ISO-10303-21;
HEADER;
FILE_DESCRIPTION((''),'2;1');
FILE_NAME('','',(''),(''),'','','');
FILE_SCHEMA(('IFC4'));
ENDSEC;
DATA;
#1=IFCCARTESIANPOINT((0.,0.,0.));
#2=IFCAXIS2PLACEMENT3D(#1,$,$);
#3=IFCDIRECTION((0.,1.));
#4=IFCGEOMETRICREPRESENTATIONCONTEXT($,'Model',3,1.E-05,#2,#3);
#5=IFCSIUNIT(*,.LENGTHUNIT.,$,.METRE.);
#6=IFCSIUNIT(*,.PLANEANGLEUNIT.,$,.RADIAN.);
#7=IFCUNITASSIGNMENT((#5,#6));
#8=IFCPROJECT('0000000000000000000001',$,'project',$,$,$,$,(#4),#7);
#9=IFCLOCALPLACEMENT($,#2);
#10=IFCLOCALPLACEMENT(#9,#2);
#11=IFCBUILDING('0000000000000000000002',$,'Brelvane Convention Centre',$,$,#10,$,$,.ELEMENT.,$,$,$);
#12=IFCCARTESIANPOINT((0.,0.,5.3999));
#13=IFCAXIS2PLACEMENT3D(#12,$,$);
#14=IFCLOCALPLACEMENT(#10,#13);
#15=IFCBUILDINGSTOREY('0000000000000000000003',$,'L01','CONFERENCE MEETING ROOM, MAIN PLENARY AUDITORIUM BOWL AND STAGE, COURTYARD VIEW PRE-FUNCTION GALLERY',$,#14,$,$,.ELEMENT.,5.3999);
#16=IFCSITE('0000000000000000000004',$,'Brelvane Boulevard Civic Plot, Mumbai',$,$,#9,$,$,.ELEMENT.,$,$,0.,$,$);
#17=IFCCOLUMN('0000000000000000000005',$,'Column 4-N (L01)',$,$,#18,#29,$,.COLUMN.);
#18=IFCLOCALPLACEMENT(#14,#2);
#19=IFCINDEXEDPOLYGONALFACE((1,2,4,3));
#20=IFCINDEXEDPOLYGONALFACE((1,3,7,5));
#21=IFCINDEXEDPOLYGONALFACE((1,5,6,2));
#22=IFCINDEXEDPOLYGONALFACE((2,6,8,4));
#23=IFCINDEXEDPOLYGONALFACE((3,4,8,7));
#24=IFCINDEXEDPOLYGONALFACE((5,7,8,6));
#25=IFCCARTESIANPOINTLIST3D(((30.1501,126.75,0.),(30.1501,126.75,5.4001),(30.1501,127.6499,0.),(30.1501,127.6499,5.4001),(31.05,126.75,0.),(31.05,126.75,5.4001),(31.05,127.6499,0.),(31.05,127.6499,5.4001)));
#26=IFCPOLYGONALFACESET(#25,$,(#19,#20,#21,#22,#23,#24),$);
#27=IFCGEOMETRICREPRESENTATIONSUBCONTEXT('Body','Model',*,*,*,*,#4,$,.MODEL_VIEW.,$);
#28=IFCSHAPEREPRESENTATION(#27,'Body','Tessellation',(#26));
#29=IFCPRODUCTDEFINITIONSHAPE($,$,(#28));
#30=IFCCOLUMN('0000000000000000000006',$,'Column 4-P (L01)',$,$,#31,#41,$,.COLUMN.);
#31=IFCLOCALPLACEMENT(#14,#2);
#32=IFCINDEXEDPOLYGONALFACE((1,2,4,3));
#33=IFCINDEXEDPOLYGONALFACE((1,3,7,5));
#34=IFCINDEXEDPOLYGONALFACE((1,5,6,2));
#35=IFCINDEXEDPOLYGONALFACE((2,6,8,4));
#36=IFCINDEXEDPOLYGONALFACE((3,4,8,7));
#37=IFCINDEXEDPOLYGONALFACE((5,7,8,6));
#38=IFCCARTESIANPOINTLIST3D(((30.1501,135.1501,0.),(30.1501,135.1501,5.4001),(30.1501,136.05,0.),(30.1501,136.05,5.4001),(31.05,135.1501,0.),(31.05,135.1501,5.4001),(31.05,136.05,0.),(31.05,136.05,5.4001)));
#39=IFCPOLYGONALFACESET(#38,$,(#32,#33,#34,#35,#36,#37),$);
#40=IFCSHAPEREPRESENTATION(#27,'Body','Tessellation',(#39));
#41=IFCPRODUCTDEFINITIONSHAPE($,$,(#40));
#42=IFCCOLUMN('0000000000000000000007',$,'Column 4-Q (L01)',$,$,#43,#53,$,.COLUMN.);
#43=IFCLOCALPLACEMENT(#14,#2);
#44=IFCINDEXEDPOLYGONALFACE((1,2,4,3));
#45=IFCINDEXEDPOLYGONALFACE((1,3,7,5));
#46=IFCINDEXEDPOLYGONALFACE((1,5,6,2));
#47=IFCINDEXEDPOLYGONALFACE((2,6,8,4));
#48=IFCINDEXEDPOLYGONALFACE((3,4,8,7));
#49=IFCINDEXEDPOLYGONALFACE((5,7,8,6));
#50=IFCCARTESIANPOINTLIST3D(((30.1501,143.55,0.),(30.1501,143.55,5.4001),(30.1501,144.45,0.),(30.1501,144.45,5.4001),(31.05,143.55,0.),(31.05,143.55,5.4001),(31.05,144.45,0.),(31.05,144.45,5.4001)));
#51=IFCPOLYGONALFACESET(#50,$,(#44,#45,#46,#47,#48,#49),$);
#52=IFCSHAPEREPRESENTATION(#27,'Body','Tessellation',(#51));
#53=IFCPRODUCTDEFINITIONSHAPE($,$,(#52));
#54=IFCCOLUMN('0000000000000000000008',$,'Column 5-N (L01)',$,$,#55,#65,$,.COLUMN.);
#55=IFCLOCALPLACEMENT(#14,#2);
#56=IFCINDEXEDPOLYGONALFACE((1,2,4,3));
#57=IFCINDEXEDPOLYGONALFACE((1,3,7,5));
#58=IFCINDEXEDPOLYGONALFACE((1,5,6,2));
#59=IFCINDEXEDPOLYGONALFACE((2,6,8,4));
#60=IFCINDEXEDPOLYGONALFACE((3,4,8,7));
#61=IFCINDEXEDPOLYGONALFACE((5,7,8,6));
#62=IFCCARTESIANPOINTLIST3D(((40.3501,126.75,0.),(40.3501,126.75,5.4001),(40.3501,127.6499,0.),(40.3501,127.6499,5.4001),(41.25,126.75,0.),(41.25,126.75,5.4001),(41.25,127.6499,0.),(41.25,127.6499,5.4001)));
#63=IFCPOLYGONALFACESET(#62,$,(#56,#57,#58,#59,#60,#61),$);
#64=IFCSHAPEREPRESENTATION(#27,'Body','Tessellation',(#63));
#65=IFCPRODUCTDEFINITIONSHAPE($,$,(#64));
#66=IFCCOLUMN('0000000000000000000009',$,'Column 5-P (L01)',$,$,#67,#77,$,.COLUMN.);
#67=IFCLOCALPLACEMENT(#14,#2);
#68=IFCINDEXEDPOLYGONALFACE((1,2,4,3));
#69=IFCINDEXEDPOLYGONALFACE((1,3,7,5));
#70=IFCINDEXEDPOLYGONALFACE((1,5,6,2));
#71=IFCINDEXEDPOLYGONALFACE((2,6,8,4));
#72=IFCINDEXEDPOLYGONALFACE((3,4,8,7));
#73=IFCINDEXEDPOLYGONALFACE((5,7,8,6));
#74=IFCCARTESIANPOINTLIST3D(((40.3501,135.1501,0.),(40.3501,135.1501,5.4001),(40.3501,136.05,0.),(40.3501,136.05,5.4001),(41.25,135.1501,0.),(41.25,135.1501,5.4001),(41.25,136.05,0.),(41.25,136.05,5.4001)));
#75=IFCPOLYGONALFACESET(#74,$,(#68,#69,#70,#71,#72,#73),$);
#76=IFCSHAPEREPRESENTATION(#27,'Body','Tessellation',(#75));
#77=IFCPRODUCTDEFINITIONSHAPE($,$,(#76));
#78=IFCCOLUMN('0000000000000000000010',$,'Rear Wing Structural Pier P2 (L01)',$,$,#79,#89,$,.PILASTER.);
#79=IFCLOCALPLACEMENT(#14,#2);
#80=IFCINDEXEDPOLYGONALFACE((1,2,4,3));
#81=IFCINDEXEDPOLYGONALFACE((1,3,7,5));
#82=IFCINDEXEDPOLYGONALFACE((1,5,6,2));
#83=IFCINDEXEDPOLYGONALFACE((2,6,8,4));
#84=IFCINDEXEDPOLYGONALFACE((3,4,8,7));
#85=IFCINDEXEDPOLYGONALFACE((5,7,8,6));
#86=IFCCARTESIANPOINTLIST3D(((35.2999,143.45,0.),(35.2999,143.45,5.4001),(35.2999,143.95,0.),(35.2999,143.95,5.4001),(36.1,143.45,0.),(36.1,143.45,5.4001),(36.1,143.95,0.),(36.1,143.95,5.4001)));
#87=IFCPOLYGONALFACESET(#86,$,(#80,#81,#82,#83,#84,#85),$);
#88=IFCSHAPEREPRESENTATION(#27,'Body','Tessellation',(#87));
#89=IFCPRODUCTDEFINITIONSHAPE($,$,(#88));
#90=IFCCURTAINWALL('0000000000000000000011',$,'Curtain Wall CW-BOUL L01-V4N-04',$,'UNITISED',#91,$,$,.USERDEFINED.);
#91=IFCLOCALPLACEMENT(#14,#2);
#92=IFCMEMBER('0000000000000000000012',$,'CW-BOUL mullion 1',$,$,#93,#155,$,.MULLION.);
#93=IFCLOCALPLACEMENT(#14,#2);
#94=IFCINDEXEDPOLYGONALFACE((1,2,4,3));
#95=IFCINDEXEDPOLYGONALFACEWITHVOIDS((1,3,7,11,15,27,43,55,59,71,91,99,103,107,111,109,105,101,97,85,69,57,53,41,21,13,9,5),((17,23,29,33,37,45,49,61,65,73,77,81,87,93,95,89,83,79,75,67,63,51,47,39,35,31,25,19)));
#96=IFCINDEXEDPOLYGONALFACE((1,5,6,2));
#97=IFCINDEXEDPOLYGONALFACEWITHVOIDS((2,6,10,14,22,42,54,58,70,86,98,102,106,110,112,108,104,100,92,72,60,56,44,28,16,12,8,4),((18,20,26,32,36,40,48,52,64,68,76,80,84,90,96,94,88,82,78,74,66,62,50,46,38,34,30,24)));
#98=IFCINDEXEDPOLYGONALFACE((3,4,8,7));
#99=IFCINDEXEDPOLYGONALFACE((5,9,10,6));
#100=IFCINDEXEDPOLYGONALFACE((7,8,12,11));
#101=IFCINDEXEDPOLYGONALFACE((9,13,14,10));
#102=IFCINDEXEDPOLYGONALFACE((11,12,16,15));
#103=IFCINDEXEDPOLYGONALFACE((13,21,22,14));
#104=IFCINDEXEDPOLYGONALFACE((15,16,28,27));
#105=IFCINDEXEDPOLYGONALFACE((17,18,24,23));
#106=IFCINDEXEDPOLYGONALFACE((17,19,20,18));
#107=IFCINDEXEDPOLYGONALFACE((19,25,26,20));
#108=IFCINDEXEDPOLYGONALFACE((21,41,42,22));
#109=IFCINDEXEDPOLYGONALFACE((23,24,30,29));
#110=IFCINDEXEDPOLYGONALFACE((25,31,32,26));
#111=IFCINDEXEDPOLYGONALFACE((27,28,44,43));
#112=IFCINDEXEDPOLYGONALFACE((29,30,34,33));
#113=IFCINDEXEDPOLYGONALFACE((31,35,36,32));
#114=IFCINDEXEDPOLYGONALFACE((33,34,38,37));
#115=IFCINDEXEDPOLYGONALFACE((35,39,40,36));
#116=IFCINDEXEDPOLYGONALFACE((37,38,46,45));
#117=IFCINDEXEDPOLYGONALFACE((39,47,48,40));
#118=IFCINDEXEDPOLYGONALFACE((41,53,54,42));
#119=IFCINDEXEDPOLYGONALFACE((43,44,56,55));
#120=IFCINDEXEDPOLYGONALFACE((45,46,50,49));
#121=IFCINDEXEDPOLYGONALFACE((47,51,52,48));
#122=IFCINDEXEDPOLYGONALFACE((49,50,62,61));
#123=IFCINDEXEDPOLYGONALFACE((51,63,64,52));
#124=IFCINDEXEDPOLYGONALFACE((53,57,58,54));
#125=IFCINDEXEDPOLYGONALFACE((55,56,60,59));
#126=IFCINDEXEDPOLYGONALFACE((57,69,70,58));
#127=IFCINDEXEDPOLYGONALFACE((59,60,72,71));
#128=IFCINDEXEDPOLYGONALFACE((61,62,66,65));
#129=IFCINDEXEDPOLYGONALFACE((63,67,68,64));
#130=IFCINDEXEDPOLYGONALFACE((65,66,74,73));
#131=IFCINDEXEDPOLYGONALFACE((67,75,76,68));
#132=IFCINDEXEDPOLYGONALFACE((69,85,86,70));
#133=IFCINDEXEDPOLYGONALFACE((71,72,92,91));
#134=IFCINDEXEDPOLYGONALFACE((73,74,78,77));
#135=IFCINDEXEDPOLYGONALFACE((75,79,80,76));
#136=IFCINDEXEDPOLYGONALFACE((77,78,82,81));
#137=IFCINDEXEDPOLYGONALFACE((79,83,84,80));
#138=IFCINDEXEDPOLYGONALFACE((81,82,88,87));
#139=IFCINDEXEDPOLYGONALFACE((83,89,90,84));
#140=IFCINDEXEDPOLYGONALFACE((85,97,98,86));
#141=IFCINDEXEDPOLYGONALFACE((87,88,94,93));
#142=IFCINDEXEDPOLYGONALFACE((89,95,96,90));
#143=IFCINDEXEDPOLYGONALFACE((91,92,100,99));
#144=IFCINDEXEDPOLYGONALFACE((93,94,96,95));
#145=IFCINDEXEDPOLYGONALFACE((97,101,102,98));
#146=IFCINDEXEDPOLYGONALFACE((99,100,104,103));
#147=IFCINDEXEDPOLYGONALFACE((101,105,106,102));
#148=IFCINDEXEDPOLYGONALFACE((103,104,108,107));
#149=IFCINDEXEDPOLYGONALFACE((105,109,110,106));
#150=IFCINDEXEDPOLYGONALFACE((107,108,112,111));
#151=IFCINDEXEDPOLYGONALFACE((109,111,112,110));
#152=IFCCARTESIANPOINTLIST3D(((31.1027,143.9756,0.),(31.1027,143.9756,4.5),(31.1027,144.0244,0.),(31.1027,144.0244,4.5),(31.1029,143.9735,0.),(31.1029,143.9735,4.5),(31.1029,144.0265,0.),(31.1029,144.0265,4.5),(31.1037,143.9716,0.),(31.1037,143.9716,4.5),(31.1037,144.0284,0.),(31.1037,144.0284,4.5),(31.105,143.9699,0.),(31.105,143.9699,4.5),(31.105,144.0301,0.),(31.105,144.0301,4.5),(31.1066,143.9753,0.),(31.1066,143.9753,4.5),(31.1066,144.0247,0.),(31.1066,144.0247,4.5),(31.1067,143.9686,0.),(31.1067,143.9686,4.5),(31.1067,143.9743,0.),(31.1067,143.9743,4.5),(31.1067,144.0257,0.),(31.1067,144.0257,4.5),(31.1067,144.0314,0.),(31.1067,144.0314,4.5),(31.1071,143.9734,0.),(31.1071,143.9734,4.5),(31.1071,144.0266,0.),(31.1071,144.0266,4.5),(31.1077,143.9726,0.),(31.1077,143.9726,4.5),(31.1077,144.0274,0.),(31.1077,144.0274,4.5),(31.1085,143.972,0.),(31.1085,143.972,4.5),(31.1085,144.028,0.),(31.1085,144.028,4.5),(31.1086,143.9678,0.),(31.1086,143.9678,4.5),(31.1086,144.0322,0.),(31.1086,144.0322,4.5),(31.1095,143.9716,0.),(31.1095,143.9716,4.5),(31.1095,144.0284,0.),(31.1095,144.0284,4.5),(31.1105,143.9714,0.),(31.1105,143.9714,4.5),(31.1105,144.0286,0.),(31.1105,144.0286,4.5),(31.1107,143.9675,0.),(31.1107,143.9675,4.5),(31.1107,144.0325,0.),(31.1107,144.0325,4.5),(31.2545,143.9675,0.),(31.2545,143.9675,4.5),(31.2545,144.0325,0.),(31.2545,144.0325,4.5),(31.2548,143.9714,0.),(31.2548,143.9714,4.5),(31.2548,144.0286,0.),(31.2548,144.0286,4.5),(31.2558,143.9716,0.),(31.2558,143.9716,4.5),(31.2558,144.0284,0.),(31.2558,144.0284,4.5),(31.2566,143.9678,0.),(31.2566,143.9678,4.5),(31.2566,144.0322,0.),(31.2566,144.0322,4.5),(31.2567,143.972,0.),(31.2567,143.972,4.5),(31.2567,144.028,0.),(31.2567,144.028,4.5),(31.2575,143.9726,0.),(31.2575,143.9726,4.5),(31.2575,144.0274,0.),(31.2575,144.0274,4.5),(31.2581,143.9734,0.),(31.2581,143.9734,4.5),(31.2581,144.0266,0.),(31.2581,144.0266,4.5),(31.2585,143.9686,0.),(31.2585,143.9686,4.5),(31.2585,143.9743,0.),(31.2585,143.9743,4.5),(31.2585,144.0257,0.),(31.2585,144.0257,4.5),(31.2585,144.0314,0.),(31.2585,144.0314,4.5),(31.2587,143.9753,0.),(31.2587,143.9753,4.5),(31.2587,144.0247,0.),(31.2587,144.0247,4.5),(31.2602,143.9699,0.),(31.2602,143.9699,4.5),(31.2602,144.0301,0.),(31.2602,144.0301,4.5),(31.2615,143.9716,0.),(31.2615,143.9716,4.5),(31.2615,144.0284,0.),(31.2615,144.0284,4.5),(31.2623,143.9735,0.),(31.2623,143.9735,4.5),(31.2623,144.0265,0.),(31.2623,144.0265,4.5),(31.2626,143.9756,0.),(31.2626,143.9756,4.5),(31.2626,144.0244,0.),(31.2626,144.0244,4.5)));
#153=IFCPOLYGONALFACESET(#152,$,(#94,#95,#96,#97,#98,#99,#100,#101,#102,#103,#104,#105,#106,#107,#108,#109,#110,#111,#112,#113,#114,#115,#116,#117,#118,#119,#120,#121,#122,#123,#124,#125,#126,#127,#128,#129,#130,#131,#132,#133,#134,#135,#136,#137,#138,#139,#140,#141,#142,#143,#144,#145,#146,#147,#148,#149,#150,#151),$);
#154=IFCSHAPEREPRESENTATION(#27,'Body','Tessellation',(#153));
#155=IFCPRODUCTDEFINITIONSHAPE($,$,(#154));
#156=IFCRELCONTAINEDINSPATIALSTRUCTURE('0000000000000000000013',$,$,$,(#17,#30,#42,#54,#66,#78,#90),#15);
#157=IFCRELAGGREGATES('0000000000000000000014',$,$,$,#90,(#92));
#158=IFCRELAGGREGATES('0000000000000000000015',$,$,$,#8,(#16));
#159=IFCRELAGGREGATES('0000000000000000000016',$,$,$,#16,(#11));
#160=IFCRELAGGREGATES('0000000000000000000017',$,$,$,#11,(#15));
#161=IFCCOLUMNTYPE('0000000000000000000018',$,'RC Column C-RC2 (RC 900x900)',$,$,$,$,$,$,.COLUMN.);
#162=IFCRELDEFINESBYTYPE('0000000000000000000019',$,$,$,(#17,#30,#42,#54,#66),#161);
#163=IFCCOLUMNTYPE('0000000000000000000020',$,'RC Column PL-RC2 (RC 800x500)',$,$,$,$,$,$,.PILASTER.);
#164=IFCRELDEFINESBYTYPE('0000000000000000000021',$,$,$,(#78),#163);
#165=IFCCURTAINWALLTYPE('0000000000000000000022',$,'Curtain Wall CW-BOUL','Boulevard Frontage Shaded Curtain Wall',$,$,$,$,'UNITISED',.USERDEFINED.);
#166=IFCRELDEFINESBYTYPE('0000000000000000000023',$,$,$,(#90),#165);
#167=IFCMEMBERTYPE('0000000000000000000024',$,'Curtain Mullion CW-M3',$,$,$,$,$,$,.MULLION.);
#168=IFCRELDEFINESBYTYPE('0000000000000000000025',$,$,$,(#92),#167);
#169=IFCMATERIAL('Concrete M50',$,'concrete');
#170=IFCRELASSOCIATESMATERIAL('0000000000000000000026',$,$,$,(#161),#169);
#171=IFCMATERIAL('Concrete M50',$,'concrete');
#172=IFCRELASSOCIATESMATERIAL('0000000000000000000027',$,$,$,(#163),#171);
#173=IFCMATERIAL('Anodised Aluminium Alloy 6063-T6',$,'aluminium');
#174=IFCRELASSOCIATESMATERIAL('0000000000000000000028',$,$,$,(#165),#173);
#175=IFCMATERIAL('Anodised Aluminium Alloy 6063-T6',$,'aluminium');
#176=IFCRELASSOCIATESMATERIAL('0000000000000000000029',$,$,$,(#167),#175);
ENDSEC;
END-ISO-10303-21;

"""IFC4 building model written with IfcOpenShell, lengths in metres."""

from ifc_helpers import new_model, si_unit, direction, frame, origin, origin_2d, place, context, subcontext, project, spatial, rectangle, hollow_rectangle, extrude, material, material_profile, profile_set, type_object, element, aggregate, save


model = new_model("IFC4")

# Units and contexts
model_context = context("Model", 3, precision=1e-05, world=origin(), true_north=direction((0.0, 1.0)))
body_context = subcontext(model_context, "Body", "Model", "MODEL_VIEW")
ifc_project = project(units=[si_unit("LENGTHUNIT", "METRE"), si_unit("PLANEANGLEUNIT", "RADIAN")], contexts=[model_context])

# Site, building, storey
site_placement = place(None, origin())
site = spatial("IfcSite", under=ifc_project, at=site_placement, Name="Brelvane Boulevard Civic Plot, Mumbai", CompositionType="ELEMENT", RefElevation=0.0)
building_placement = place(site_placement, origin())
building = spatial("IfcBuilding", under=site, at=building_placement, Name="Brelvane Convention Centre", CompositionType="ELEMENT")
storey_placement = place(building_placement, frame((0.0, 0.0, 5.3999)))
storey = spatial("IfcBuildingStorey", under=building, at=storey_placement, Name="L01", Description="CONFERENCE MEETING ROOM, MAIN PLENARY AUDITORIUM BOWL AND STAGE, COURTYARD VIEW PRE-FUNCTION GALLERY", CompositionType="ELEMENT", Elevation=5.3999)

# Columns
ifc_material_1 = material(Name="Concrete M50", Category="concrete")
ifc_material_profile_1 = material_profile(ifc_material_1, rectangle(XDim=0.8999, YDim=0.8999, at=origin_2d()), Name="RC 900x900")
ifc_profile_set_1 = profile_set([ifc_material_profile_1], Name="Concrete M50")
column_type_1 = type_object("IfcColumnType", Name="RC Column C-RC2 (RC 900x900)", PredefinedType="COLUMN", material=ifc_profile_set_1)
for number, where, z_axis, x_axis, name in (
    (1, (30.6001, 127.2, 0.0), (0.0, 0.0, 1.0), (1.0, 0.0, 0.0), "Column 4-N (L01)"),
    (2, (30.6001, 135.6001, 0.0), (0.0, 0.0, 1.0), (1.0, 0.0, 0.0), "Column 4-P (L01)"),
    (3, (30.6001, 144.0, 0.0), (0.0, 0.0, 1.0), (1.0, 0.0, 0.0), "Column 4-Q (L01)"),
    (4, (40.8, 127.2, 0.0), (0.0, 0.0, 1.0), (1.0, 0.0, 0.0), "Column 5-N (L01)"),
    (5, (40.8, 135.6001, 0.0), (0.0, 0.0, 1.0), (1.0, 0.0, 0.0), "Column 5-P (L01)"),
):
    element("IfcColumn", number, at=place(storey_placement, frame(where, z_axis=z_axis, x_axis=x_axis)), inside=storey, type_object=column_type_1, Name=name, PredefinedType="COLUMN", context=body_context, shape_type="SweptSolid", body=[
        extrude(rectangle(XDim=0.8999, YDim=0.8999, at=origin_2d()), origin(), (0.0, 0.0, 1.0), 5.4001),
    ])
ifc_material_2 = material(Name="Concrete M50", Category="concrete")
ifc_material_profile_2 = material_profile(ifc_material_2, rectangle(XDim=0.8, YDim=0.5, at=origin_2d()), Name="RC 800x500")
ifc_profile_set_2 = profile_set([ifc_material_profile_2], Name="Concrete M50")
column_type_2 = type_object("IfcColumnType", Name="RC Column PL-RC2 (RC 800x500)", PredefinedType="PILASTER", material=ifc_profile_set_2)
column_placement = place(storey_placement, frame((35.7, 143.7, 0.0), z_axis=(0.0, 0.0, 1.0), x_axis=(1.0, 0.0, 0.0)))
element("IfcColumn", 6, at=column_placement, inside=storey, type_object=column_type_2, Name="Rear Wing Structural Pier P2 (L01)", PredefinedType="PILASTER", context=body_context, shape_type="SweptSolid", body=[
    extrude(rectangle(XDim=0.8, YDim=0.5, at=origin_2d()), origin(), (0.0, 0.0, 1.0), 5.4001),
])

# Curtain wall, member
ifc_material_3 = material(Name="Anodised Aluminium Alloy 6063-T6", Category="aluminium")
curtain_wall_type = type_object("IfcCurtainWallType", Name="Curtain Wall CW-BOUL", Description="Boulevard Frontage Shaded Curtain Wall", ElementType="UNITISED", PredefinedType="USERDEFINED", material=ifc_material_3)
curtain_wall_placement = place(storey_placement, origin())
curtain_wall = element("IfcCurtainWall", 7, at=curtain_wall_placement, inside=storey, type_object=curtain_wall_type, Name="Curtain Wall CW-BOUL L01-V4N-04", ObjectType="UNITISED", PredefinedType="USERDEFINED")
ifc_material_4 = material(Name="Anodised Aluminium Alloy 6063-T6", Category="aluminium")
ifc_material_profile_3 = material_profile(ifc_material_4, hollow_rectangle(XDim=0.0649, YDim=0.1599, WallThickness=0.0039, InnerFilletRadius=0.0039, OuterFilletRadius=0.0081, at=origin_2d()), Name="ALU-M 160x65x4.0")
ifc_profile_set_3 = profile_set([ifc_material_profile_3], Name="Anodised Aluminium Alloy 6063-T6")
member_type_1 = type_object("IfcMemberType", Name="Curtain Mullion CW-M3", PredefinedType="MULLION", material=ifc_profile_set_3)
member_1_placement = place(storey_placement, frame((31.1826, 144.0, 0.0), z_axis=(0.0, 0.0, 1.0), x_axis=(0.0, 1.0, 0.0)))
member_1 = element("IfcMember", 8, at=member_1_placement, type_object=member_type_1, Name="CW-BOUL mullion 1", PredefinedType="MULLION", context=body_context, shape_type="SweptSolid", body=[
    extrude(hollow_rectangle(XDim=0.0649, YDim=0.1599, WallThickness=0.0039, InnerFilletRadius=0.0039, OuterFilletRadius=0.0081, at=origin_2d()), origin(), (0.0, 0.0, 1.0), 4.5),
])

aggregate(curtain_wall, [member_1])

save(model, "model.ifc")
